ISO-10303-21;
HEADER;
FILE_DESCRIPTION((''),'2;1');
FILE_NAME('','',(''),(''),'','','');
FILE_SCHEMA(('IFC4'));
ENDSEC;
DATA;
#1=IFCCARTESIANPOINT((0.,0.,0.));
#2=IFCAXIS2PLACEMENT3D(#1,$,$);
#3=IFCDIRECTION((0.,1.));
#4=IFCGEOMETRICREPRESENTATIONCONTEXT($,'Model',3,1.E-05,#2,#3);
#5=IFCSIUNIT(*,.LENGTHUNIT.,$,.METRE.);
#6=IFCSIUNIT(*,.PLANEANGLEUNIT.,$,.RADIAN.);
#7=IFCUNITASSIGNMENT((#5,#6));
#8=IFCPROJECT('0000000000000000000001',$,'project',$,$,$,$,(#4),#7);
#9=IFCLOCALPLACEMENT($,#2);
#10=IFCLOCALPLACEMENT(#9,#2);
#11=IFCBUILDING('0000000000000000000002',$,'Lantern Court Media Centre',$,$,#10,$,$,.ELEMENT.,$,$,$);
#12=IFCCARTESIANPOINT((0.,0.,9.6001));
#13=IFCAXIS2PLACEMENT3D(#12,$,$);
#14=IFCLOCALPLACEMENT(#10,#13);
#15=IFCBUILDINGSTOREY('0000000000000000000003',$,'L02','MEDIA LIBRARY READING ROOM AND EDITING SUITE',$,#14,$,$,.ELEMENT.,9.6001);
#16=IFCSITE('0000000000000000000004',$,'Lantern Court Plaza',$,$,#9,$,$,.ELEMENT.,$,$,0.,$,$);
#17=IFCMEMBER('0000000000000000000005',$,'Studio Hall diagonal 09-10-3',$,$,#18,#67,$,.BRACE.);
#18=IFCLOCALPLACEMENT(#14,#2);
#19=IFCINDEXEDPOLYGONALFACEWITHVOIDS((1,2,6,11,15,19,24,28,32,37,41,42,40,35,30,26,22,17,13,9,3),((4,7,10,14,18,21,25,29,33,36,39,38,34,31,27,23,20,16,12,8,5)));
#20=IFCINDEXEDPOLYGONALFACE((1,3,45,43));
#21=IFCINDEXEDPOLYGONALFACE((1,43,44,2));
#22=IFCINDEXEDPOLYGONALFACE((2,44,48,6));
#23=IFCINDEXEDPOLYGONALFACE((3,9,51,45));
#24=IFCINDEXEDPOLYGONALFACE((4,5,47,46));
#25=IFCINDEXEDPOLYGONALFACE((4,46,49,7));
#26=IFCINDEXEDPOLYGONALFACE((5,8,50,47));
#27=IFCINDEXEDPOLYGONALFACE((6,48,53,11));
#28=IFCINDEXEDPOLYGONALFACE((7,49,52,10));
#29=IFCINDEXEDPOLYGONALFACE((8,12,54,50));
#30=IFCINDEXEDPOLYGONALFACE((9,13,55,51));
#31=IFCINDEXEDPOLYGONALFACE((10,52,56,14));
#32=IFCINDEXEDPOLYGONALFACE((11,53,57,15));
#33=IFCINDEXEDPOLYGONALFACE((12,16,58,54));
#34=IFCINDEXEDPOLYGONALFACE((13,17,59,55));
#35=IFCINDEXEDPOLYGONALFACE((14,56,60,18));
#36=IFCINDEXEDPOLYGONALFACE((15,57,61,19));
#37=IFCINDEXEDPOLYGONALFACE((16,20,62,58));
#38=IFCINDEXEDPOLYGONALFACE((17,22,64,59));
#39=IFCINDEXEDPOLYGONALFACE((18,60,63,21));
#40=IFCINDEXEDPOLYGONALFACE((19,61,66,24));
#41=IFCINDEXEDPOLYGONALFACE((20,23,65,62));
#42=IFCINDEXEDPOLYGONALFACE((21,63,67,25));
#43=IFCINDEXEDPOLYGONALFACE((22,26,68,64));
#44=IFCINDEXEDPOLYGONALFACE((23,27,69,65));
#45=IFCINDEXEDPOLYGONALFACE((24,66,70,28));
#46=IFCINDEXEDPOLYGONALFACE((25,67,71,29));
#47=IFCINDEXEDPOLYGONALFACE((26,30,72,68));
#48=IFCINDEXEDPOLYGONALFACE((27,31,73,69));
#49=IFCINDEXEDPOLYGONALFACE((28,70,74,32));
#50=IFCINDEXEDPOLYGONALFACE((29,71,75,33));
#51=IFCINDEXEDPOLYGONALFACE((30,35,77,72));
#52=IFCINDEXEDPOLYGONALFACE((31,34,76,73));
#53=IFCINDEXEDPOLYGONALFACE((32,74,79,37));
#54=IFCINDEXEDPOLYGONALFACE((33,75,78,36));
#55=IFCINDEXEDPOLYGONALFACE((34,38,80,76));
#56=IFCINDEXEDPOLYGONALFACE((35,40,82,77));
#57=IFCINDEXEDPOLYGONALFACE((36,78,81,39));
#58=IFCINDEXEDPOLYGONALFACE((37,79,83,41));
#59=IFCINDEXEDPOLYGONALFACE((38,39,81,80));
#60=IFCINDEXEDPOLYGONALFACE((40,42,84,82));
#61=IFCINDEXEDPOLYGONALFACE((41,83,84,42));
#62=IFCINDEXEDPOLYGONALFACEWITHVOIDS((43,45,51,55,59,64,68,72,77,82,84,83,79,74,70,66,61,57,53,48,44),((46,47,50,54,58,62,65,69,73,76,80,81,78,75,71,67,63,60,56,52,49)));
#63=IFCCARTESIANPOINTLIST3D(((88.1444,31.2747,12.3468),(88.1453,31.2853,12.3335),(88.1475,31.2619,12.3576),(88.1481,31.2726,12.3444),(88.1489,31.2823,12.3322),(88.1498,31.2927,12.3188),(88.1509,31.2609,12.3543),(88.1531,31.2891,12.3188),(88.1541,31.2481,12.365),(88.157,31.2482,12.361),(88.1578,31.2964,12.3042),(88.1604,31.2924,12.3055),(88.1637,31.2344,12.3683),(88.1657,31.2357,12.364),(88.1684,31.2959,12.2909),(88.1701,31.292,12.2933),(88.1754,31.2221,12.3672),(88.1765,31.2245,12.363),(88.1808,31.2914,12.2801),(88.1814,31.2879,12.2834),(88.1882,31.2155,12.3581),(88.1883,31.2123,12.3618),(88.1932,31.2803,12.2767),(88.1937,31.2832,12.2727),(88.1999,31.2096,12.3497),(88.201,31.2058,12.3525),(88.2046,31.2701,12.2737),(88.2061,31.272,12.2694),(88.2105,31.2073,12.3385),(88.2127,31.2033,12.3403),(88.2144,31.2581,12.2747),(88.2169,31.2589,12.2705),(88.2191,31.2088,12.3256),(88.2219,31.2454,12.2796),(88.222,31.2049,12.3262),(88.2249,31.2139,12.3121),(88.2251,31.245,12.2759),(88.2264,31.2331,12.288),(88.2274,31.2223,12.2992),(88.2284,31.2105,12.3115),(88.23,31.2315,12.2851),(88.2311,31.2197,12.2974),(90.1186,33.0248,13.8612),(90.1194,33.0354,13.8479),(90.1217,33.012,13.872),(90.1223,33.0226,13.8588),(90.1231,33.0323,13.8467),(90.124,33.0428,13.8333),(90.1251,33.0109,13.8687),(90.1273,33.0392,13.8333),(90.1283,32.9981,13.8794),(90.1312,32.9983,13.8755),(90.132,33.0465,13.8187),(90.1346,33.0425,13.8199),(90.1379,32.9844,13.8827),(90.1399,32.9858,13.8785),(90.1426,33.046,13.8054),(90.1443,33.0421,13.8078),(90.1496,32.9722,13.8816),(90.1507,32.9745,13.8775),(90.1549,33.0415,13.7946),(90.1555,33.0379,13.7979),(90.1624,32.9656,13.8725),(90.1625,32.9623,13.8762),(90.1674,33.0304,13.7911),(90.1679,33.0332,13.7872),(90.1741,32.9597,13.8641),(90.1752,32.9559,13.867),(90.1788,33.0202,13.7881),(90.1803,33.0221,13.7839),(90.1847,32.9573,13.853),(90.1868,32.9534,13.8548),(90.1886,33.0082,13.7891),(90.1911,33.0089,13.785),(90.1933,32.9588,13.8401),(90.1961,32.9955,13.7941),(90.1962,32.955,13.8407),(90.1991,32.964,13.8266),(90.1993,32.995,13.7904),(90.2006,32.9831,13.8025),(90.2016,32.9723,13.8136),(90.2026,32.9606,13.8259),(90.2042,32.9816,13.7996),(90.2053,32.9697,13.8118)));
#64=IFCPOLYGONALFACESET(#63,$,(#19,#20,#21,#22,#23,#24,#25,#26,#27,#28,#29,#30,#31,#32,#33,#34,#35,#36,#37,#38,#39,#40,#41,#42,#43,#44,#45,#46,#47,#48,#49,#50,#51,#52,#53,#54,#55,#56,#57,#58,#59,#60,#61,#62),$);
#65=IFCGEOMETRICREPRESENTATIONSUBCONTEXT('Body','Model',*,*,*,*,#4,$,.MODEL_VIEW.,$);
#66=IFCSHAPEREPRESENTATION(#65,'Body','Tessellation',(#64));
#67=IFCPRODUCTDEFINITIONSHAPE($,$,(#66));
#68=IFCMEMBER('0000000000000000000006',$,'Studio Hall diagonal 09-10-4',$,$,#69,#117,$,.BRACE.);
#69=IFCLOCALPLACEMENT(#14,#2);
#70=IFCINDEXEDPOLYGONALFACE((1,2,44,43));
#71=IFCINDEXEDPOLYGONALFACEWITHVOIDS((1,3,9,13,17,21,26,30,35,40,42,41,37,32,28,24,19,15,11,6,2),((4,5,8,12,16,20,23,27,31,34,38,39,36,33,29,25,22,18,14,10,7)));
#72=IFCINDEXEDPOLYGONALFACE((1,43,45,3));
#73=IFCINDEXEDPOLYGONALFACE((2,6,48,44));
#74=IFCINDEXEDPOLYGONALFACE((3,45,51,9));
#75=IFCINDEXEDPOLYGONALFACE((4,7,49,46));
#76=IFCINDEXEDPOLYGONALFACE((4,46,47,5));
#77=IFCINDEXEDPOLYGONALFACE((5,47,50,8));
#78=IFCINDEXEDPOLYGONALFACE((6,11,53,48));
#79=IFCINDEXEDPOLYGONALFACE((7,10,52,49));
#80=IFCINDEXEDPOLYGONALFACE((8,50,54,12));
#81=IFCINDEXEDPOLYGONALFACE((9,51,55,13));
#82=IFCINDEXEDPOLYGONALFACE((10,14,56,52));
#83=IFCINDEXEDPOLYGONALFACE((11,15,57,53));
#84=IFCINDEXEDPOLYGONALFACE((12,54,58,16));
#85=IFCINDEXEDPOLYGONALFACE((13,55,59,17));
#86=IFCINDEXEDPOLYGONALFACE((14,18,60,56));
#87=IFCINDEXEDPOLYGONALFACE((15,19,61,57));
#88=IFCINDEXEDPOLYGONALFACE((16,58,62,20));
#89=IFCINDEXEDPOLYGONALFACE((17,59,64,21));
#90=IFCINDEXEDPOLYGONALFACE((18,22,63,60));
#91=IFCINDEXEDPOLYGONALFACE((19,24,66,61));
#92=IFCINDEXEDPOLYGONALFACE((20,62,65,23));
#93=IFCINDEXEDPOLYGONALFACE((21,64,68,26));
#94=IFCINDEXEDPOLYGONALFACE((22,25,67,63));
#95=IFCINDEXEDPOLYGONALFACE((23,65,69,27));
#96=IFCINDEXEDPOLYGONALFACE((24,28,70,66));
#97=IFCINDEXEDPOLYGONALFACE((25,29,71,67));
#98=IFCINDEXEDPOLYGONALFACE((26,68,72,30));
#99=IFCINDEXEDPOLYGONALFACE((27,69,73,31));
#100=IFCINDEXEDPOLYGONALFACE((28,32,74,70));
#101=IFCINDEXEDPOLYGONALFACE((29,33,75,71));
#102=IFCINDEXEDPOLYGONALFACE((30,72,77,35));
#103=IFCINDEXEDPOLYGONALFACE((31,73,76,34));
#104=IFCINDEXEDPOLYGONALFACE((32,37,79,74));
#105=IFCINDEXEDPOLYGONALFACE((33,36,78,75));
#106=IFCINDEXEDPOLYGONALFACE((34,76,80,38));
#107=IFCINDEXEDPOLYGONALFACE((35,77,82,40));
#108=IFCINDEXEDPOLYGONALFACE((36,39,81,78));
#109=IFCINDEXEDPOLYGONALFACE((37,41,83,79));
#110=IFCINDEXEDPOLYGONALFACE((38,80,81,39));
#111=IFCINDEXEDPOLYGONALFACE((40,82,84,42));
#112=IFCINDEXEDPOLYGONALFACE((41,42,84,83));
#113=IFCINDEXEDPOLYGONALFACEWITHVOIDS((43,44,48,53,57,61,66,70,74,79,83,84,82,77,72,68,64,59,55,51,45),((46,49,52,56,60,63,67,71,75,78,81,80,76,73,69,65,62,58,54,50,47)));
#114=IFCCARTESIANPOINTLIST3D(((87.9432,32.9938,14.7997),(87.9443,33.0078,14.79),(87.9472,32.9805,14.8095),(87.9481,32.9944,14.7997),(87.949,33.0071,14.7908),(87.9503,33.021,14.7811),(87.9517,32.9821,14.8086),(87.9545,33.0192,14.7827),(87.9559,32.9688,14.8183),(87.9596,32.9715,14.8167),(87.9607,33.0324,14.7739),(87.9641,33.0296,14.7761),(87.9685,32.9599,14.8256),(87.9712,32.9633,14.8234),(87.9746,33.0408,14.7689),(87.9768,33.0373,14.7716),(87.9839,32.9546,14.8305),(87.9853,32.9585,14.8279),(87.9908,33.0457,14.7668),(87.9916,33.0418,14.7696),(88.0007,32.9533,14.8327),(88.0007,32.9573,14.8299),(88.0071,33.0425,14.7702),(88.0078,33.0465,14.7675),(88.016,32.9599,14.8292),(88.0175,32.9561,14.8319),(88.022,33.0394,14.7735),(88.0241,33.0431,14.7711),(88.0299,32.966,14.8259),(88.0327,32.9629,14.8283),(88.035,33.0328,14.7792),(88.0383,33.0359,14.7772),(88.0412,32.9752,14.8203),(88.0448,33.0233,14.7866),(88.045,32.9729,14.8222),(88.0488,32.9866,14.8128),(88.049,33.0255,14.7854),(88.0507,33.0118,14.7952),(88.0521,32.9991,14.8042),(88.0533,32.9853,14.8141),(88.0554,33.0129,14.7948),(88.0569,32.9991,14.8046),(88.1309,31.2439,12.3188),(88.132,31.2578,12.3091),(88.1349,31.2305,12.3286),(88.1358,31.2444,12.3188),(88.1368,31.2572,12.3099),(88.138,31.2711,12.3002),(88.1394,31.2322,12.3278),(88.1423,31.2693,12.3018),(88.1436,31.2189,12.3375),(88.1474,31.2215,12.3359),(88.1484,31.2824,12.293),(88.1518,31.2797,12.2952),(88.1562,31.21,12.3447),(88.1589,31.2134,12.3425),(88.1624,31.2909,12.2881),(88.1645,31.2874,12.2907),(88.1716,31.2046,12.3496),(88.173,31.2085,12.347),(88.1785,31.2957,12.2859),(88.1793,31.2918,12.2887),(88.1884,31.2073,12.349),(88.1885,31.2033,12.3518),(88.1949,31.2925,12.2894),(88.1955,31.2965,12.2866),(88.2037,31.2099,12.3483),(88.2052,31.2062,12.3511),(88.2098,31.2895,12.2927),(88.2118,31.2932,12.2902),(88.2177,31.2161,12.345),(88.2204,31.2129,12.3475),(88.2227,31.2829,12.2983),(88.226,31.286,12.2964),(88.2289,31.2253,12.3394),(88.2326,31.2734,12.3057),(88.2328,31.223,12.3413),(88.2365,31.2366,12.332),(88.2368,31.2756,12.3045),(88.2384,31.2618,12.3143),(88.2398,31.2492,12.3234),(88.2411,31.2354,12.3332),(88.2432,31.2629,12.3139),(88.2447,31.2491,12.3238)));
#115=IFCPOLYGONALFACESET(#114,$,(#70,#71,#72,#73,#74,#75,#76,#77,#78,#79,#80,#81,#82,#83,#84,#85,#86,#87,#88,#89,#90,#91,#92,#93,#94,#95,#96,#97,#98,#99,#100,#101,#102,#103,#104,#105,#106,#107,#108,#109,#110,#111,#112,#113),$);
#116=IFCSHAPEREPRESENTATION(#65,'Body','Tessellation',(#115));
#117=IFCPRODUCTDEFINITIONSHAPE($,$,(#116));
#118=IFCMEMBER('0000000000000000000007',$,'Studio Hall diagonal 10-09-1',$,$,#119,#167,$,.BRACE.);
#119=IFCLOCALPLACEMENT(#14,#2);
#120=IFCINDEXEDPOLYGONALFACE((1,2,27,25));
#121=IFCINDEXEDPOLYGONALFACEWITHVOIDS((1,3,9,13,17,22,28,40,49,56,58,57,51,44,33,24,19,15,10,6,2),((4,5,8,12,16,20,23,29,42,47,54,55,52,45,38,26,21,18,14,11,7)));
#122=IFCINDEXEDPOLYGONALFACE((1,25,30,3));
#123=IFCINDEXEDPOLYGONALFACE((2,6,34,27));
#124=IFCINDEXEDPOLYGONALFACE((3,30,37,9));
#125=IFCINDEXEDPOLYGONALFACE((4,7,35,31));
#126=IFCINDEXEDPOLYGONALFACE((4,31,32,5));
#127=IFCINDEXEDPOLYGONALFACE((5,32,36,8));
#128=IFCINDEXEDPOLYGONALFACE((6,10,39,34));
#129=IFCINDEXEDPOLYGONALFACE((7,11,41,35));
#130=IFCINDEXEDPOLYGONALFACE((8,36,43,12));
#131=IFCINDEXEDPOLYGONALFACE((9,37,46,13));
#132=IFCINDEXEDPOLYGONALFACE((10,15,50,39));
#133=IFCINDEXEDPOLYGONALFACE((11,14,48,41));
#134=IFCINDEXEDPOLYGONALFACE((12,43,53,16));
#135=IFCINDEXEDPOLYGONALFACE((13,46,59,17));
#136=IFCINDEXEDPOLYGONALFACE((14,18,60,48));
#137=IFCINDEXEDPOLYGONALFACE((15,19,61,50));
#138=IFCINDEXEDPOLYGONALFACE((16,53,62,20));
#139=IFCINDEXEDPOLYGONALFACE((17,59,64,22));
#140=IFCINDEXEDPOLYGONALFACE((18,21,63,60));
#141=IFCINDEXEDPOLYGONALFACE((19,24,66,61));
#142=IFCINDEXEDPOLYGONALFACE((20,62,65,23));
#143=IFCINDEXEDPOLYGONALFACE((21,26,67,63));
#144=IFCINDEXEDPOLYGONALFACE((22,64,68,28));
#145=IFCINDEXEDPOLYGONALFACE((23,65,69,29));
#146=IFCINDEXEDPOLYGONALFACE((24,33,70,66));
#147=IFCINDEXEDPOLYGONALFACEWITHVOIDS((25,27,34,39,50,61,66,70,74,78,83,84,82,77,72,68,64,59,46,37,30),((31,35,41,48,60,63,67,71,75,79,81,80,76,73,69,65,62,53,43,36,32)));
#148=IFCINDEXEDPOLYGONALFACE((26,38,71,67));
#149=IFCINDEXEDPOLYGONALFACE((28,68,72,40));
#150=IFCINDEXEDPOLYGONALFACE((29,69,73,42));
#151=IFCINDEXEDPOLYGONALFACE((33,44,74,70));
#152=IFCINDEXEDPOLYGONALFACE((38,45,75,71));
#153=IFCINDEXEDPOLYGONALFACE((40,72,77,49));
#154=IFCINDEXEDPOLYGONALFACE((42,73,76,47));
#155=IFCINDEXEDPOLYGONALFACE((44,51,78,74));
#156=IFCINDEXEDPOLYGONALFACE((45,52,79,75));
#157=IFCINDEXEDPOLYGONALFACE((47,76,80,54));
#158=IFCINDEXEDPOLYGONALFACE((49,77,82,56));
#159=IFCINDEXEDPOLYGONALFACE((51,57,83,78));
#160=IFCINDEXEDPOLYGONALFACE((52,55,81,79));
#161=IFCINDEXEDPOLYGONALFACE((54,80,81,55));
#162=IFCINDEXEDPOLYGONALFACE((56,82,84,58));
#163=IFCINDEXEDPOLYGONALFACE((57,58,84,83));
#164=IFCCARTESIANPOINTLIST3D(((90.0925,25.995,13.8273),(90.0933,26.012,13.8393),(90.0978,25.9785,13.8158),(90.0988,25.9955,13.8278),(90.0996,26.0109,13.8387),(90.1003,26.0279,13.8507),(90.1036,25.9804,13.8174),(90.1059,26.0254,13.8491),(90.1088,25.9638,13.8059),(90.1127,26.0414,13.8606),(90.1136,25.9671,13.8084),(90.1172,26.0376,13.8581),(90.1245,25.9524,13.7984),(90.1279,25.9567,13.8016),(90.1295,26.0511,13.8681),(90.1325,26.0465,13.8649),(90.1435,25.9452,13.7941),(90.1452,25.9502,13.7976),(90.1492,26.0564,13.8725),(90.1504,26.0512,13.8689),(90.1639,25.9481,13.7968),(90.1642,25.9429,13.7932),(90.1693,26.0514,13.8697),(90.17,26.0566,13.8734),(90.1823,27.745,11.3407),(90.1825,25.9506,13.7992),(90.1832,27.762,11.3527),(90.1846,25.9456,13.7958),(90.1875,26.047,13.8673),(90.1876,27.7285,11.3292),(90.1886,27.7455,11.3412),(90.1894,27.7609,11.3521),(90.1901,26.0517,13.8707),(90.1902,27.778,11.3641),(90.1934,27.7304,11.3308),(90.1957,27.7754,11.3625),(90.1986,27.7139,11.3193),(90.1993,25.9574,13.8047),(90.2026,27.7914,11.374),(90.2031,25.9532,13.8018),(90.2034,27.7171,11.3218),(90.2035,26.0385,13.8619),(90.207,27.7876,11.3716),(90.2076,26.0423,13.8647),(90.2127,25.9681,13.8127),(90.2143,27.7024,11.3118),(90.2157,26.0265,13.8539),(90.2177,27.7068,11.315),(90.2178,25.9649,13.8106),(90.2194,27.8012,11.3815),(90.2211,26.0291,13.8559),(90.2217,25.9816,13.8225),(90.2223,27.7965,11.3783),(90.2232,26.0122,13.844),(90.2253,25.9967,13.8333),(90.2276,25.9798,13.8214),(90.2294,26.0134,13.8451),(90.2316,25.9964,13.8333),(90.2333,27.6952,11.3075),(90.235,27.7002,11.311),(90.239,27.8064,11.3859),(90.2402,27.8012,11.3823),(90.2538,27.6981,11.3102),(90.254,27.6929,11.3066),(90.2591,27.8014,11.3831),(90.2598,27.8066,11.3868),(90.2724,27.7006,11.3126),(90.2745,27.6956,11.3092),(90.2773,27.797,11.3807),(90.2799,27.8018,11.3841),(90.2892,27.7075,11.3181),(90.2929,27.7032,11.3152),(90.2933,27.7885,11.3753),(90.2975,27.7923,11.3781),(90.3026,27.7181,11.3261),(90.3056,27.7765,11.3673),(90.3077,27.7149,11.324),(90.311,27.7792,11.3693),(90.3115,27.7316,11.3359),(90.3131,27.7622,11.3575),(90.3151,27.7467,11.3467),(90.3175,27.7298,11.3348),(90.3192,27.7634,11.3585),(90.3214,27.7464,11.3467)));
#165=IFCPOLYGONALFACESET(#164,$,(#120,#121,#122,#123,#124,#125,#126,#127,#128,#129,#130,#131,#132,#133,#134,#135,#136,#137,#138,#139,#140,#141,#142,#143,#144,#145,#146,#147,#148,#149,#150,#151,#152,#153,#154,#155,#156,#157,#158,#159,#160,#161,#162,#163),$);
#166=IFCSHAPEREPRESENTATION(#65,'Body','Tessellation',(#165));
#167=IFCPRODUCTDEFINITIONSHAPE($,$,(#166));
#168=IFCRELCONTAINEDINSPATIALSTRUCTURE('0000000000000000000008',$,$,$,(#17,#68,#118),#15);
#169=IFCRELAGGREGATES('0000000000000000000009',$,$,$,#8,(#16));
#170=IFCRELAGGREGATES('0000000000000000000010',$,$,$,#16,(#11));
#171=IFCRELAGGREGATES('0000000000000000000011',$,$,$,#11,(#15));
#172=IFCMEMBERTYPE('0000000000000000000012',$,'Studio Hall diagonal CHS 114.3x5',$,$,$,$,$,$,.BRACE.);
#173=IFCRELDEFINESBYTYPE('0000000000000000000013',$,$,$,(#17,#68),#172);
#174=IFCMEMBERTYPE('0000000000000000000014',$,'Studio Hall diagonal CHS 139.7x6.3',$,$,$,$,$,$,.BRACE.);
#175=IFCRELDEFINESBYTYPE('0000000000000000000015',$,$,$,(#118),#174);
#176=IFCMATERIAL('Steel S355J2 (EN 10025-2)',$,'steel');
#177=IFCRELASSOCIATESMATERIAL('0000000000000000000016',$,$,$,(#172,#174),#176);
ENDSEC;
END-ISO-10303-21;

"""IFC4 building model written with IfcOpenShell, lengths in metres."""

from ifc_helpers import new_model, si_unit, direction, frame, origin, origin_2d, place, context, subcontext, project, spatial, hollow_circle, extrude, material, material_profile, profile_set, type_object, element, save


model = new_model("IFC4")

# Units and contexts
model_context = context("Model", 3, precision=1e-05, world=origin(), true_north=direction((0.0, 1.0)))
body_context = subcontext(model_context, "Body", "Model", "MODEL_VIEW")
ifc_project = project(units=[si_unit("LENGTHUNIT", "METRE"), si_unit("PLANEANGLEUNIT", "RADIAN")], contexts=[model_context])

# Site, building, storey
site_placement = place(None, origin())
site = spatial("IfcSite", under=ifc_project, at=site_placement, Name="Lantern Court Plaza", CompositionType="ELEMENT", RefElevation=0.0)
building_placement = place(site_placement, origin())
building = spatial("IfcBuilding", under=site, at=building_placement, Name="Lantern Court Media Centre", CompositionType="ELEMENT")
storey_placement = place(building_placement, frame((0.0, 0.0, 9.6001)))
storey = spatial("IfcBuildingStorey", under=building, at=storey_placement, Name="L02", Description="MEDIA LIBRARY READING ROOM AND EDITING SUITE", CompositionType="ELEMENT", Elevation=9.6001)

# Members
ifc_material = material(Name="Steel S355J2 (EN 10025-2)", Category="steel")
ifc_material_profile_1 = material_profile(ifc_material, hollow_circle(Radius=0.0571, WallThickness=0.0049, at=origin_2d()), Name="Studio Hall diagonal CHS 114.3x5")
ifc_profile_set_1 = profile_set([ifc_material_profile_1], Name="Steel S355J2 (EN 10025-2)")
member_type_1 = type_object("IfcMemberType", Name="Studio Hall diagonal CHS 114.3x5", PredefinedType="BRACE", material=ifc_profile_set_1)
for number, where, z_axis, x_axis, name in (
    (1, (88.1877, 31.25, 12.3188), (0.648979, 0.575301, 0.49785), (-0.663352, 0.748307, 0.0), "Studio Hall diagonal 09-10-3"),
):
    element("IfcMember", number, at=place(storey_placement, frame(where, z_axis=z_axis, x_axis=x_axis)), inside=storey, type_object=member_type_1, Name=name, PredefinedType="BRACE", context=body_context, shape_type="SweptSolid", body=[
        extrude(hollow_circle(Radius=0.0571, WallThickness=0.0049, at=origin_2d()), origin(), (0.0, 0.0, 1.0), 3.042),
    ])
member_1_placement = place(storey_placement, frame((88.1877, 31.25, 12.3188), z_axis=(-0.06172, 0.575306, 0.815606), x_axis=(-0.994294, -0.10667, 0.0)))
element("IfcMember", 2, at=member_1_placement, inside=storey, type_object=member_type_1, Name="Studio Hall diagonal 09-10-4", PredefinedType="BRACE", context=body_context, shape_type="SweptSolid", body=[
    extrude(hollow_circle(Radius=0.0571, WallThickness=0.0049, at=origin_2d()), origin(), (0.0, 0.0, 1.0), 3.0417),
])
ifc_material_profile_2 = material_profile(ifc_material, hollow_circle(Radius=0.0698, WallThickness=0.0063, at=origin_2d()), Name="Studio Hall diagonal CHS 139.7x6.3")
ifc_profile_set_2 = profile_set([ifc_material_profile_2], Name="Steel S355J2 (EN 10025-2)")
member_type_2 = type_object("IfcMemberType", Name="Studio Hall diagonal CHS 139.7x6.3", PredefinedType="BRACE", material=ifc_profile_set_2)
for number, where, z_axis, x_axis, name in (
    (3, (90.2517, 27.75, 11.3467), (-0.029535, -0.575284, 0.81742), (0.998685, -0.051272, 0.0), "Studio Hall diagonal 10-09-1"),
):
    element("IfcMember", number, at=place(storey_placement, frame(where, z_axis=z_axis, x_axis=x_axis)), inside=storey, type_object=member_type_2, Name=name, PredefinedType="BRACE", context=body_context, shape_type="SweptSolid", body=[
        extrude(hollow_circle(Radius=0.0698, WallThickness=0.0063, at=origin_2d()), origin(), (0.0, 0.0, 1.0), 3.042),
    ])

save(model, "model.ifc")
